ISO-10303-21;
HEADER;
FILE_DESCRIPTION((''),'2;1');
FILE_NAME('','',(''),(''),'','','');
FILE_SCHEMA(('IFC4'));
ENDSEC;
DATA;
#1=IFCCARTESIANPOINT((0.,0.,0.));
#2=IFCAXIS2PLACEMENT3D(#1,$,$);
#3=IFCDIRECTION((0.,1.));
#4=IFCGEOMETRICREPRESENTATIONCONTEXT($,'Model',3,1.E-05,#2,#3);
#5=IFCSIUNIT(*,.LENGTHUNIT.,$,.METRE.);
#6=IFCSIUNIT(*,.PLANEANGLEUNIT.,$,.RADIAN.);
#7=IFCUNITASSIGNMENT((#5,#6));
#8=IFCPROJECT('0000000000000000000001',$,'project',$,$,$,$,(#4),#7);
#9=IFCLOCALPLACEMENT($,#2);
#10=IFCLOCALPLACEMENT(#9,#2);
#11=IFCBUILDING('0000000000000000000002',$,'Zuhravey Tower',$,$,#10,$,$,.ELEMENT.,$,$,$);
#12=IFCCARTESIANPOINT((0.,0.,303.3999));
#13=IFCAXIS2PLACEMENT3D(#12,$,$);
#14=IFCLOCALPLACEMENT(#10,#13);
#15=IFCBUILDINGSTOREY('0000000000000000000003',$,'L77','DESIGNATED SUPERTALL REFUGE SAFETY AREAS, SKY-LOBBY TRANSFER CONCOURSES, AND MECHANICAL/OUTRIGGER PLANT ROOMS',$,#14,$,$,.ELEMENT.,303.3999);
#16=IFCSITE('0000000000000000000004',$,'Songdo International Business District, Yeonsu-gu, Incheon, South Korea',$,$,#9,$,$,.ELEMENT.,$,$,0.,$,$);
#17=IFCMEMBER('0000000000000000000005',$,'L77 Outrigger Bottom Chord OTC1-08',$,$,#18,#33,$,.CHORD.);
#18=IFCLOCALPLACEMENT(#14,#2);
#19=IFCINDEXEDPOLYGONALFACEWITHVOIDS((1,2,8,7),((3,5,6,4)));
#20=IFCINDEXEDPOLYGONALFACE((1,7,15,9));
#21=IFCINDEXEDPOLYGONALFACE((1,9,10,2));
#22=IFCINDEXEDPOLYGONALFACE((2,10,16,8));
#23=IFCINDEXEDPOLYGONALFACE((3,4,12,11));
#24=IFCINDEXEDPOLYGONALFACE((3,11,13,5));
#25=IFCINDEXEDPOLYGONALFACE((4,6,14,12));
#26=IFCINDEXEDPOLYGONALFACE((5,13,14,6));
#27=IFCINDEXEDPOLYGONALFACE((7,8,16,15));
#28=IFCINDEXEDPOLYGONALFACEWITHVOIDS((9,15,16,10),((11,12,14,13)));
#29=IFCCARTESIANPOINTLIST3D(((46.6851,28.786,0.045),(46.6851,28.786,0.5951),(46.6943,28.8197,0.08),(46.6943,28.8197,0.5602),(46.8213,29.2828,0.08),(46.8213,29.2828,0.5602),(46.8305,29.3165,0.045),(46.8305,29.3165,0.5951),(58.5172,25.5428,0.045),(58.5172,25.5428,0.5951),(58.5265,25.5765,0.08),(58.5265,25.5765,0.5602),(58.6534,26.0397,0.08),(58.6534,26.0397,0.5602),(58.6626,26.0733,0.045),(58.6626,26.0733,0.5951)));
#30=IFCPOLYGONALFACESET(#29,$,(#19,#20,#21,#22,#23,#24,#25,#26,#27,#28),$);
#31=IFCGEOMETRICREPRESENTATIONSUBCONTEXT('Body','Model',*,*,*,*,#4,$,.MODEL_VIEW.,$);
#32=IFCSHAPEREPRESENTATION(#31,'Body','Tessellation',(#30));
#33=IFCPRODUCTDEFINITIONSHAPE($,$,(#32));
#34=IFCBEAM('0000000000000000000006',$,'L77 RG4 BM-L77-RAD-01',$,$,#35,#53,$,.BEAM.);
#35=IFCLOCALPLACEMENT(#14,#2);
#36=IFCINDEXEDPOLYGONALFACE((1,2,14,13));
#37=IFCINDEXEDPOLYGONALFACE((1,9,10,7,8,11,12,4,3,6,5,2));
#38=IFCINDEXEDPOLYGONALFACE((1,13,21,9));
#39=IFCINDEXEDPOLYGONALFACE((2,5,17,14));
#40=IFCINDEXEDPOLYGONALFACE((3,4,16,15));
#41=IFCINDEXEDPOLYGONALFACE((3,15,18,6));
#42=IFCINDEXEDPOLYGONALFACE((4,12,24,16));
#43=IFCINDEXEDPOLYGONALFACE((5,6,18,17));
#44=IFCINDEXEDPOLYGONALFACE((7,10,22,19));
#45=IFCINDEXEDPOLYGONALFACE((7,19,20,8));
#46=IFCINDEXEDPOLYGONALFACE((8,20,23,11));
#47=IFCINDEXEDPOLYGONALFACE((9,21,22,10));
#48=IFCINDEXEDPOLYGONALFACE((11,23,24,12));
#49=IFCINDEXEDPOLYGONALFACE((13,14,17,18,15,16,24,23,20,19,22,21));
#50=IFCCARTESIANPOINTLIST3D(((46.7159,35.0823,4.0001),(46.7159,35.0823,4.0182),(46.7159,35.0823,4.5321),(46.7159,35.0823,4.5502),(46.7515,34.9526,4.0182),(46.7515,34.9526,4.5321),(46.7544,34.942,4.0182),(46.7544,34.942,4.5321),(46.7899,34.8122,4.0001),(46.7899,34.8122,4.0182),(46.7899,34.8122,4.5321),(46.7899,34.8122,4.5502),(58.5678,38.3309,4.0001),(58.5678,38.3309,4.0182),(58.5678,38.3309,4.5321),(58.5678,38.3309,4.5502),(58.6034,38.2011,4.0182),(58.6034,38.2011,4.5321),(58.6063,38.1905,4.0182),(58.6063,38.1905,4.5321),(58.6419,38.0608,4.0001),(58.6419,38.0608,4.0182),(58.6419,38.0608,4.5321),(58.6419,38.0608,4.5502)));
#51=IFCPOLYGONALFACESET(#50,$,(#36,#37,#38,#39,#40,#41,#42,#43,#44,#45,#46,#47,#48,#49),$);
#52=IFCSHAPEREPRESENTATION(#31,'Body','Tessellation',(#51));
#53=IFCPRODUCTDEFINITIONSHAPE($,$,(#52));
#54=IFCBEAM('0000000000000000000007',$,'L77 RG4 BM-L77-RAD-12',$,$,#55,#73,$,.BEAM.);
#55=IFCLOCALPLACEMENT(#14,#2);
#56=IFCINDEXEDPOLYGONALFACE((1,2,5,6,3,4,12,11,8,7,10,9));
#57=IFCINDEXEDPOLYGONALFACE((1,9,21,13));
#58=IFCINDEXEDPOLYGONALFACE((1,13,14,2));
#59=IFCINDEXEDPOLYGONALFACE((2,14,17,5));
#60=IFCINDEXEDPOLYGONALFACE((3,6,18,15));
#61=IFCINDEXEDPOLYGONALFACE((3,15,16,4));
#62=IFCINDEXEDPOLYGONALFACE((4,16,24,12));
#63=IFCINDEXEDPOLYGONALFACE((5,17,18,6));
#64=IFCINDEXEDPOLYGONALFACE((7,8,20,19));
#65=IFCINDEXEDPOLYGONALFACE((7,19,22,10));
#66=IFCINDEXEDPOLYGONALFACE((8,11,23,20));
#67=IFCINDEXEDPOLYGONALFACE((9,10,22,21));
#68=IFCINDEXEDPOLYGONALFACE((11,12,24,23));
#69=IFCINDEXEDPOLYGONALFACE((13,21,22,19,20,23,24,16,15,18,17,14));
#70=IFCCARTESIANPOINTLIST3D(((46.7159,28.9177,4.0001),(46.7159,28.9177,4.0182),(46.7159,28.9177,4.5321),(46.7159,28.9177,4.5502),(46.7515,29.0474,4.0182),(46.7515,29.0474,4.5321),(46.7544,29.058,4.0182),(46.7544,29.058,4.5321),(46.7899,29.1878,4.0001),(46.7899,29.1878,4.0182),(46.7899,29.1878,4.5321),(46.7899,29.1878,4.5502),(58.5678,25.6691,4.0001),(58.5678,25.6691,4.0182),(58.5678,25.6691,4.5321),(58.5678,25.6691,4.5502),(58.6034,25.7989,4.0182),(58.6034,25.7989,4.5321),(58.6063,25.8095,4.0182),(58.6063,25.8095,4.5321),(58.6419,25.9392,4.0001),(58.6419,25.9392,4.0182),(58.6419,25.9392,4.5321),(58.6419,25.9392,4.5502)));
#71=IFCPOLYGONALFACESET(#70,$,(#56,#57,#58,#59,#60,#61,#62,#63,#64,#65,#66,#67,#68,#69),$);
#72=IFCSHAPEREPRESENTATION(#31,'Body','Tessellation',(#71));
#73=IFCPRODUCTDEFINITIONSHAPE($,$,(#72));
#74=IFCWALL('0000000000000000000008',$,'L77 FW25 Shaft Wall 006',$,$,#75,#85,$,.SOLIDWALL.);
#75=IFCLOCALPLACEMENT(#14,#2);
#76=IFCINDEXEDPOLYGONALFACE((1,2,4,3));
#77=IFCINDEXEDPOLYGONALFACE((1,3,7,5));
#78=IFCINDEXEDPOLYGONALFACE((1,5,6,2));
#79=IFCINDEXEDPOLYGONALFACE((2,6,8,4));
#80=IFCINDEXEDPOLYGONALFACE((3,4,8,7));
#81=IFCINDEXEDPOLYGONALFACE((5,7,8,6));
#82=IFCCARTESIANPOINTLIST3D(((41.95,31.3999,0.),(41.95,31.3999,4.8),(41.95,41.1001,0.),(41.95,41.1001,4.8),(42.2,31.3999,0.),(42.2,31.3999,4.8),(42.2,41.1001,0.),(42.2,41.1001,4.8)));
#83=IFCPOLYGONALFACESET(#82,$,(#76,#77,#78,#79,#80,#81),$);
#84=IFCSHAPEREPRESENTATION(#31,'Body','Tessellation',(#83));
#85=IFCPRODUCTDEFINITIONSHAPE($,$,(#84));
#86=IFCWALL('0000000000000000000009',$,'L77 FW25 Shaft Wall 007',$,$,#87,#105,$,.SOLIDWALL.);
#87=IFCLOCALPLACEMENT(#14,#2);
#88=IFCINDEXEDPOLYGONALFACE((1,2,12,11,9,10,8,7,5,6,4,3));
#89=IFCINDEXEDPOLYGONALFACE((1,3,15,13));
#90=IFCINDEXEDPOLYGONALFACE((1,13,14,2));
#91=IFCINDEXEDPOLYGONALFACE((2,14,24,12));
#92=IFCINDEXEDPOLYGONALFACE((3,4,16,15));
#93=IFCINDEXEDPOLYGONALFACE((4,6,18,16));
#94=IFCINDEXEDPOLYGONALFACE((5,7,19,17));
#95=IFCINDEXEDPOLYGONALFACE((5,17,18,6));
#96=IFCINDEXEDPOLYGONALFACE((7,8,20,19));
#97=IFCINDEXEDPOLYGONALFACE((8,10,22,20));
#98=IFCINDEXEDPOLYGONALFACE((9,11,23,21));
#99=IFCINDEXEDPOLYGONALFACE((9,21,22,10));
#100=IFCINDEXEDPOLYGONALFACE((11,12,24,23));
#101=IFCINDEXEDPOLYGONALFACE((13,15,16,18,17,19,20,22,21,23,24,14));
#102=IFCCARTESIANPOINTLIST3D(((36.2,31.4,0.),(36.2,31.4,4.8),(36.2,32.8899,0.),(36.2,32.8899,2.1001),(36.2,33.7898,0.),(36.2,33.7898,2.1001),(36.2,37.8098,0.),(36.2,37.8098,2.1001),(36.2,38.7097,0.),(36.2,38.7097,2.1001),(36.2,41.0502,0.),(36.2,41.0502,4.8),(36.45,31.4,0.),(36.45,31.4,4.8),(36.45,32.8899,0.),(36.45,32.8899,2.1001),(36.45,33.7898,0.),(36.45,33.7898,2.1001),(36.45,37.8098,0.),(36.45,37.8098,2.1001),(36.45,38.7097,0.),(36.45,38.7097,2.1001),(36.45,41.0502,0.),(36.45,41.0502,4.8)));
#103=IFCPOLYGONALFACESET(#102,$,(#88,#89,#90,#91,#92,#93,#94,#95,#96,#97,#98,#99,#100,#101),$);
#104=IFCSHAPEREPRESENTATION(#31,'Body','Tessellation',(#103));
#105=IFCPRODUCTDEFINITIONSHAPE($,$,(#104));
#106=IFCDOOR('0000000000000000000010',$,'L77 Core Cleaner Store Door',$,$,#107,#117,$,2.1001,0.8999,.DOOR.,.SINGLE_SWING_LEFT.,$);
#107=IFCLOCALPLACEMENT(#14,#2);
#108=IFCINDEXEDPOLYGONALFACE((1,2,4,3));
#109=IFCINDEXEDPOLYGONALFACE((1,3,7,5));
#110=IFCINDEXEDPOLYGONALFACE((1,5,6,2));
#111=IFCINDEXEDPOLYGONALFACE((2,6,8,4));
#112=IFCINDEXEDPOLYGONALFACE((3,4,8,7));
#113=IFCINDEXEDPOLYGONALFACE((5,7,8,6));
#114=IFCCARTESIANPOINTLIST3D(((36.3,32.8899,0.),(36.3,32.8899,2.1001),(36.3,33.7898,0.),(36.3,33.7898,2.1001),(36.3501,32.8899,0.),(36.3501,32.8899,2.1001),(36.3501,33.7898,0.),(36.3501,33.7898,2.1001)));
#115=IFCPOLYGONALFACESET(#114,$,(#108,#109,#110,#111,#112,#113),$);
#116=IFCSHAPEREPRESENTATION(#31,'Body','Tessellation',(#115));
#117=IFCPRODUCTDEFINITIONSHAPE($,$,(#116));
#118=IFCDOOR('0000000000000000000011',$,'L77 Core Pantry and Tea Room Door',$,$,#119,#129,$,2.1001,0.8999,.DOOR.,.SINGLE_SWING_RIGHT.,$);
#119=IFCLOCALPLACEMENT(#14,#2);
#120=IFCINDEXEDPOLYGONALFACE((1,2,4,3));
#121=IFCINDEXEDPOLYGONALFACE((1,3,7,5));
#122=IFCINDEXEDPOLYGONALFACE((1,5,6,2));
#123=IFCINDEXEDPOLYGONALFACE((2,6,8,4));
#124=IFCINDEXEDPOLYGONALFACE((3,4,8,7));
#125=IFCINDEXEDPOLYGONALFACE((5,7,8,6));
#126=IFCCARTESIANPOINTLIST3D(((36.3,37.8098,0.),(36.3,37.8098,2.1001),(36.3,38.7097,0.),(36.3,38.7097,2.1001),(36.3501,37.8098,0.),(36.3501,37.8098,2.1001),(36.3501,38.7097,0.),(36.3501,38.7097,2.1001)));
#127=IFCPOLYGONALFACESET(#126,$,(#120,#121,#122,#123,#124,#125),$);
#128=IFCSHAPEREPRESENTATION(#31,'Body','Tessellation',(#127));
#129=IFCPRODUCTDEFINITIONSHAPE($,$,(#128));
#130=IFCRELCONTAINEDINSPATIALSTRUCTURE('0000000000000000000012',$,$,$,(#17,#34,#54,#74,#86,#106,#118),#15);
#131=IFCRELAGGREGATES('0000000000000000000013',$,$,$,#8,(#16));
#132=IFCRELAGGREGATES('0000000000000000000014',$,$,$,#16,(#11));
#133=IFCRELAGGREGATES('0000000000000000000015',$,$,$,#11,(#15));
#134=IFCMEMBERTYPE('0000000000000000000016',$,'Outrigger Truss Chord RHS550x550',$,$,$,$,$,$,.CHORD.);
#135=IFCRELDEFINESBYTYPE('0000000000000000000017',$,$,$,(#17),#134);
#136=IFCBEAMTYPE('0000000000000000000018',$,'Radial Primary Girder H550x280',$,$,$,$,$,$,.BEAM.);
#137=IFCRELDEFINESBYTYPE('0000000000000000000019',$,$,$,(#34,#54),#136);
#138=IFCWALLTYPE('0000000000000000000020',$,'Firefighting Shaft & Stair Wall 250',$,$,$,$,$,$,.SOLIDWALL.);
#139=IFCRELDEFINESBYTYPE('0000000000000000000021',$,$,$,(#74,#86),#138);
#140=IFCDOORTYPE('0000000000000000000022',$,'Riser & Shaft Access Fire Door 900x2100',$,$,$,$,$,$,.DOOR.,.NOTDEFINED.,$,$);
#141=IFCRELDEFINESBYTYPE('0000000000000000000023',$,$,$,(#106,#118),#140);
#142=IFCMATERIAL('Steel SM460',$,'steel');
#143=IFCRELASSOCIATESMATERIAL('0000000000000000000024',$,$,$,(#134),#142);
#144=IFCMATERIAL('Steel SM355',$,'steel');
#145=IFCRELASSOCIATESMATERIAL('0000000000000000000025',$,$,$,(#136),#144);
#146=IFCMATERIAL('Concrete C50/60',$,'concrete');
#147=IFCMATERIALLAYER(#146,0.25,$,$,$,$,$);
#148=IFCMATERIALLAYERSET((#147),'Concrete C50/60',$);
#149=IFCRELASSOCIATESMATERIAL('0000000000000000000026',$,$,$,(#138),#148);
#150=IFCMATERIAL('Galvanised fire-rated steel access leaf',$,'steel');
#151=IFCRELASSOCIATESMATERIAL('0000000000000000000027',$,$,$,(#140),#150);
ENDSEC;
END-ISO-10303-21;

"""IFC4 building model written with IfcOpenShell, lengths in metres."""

from ifc_helpers import new_model, si_unit, direction, frame, frame_2d, origin, origin_2d, place, context, subcontext, project, spatial, rectangle, hollow_rectangle, i_section, extrude, material, layer, layer_set, material_profile, profile_set, type_object, element, fill, save


model = new_model("IFC4")

# Units and contexts
model_context = context("Model", 3, precision=1e-05, world=origin(), true_north=direction((0.0, 1.0)))
body_context = subcontext(model_context, "Body", "Model", "MODEL_VIEW")
ifc_project = project(units=[si_unit("LENGTHUNIT", "METRE"), si_unit("PLANEANGLEUNIT", "RADIAN")], contexts=[model_context])

# Site, building, storey
site_placement = place(None, origin())
site = spatial("IfcSite", under=ifc_project, at=site_placement, Name="Songdo International Business District, Yeonsu-gu, Incheon, South Korea", CompositionType="ELEMENT", RefElevation=0.0)
building_placement = place(site_placement, origin())
building = spatial("IfcBuilding", under=site, at=building_placement, Name="Zuhravey Tower", CompositionType="ELEMENT")
storey_placement = place(building_placement, frame((0.0, 0.0, 303.3999)))
storey = spatial("IfcBuildingStorey", under=building, at=storey_placement, Name="L77", Description="DESIGNATED SUPERTALL REFUGE SAFETY AREAS, SKY-LOBBY TRANSFER CONCOURSES, AND MECHANICAL/OUTRIGGER PLANT ROOMS", CompositionType="ELEMENT", Elevation=303.3999)

# Member
ifc_material_1 = material(Name="Steel SM460", Category="steel")
ifc_material_profile_1 = material_profile(ifc_material_1, hollow_rectangle(XDim=0.55, YDim=0.55, WallThickness=0.0349, at=origin_2d()), Name="RHS-550x550x35")
ifc_profile_set_1 = profile_set([ifc_material_profile_1], Name="Steel SM460")
member_type = type_object("IfcMemberType", Name="Outrigger Truss Chord RHS550x550", PredefinedType="CHORD", material=ifc_profile_set_1)
member_placement = place(storey_placement, frame((46.7578, 29.0513, 0.3201), z_axis=(0.964427, -0.26435, 0.0), x_axis=(0.26435, 0.964427, 0.0)))
element("IfcMember", 1, at=member_placement, inside=storey, type_object=member_type, Name="L77 Outrigger Bottom Chord OTC1-08", PredefinedType="CHORD", context=body_context, shape_type="SweptSolid", body=[
    extrude(hollow_rectangle(XDim=0.55, YDim=0.55, WallThickness=0.0349, at=origin_2d()), origin(), (0.0, 0.0, 1.0), 12.2686),
])

# Beams
ifc_material_2 = material(Name="Steel SM355", Category="steel")
ifc_material_profile_2 = material_profile(ifc_material_2, i_section(OverallWidth=0.28, OverallDepth=0.55, WebThickness=0.011, FlangeThickness=0.0181, at=origin_2d()), Name="H-550x280x11x18")
ifc_profile_set_2 = profile_set([ifc_material_profile_2], Name="Steel SM355")
beam_type = type_object("IfcBeamType", Name="Radial Primary Girder H550x280", PredefinedType="BEAM", material=ifc_profile_set_2)
for number, where, z_axis, x_axis, name in (
    (2, (46.7529, 34.9473, 4.2751), (0.964428, 0.264346, 0.0), (-0.264346, 0.964428, 0.0), "L77 RG4 BM-L77-RAD-01"),
    (3, (46.7529, 29.0527, 4.2751), (0.964428, -0.264346, 0.0), (0.264346, 0.964428, 0.0), "L77 RG4 BM-L77-RAD-12"),
):
    element("IfcBeam", number, at=place(storey_placement, frame(where, z_axis=z_axis, x_axis=x_axis)), inside=storey, type_object=beam_type, Name=name, PredefinedType="BEAM", context=body_context, shape_type="SweptSolid", body=[
        extrude(i_section(OverallWidth=0.28, OverallDepth=0.55, WebThickness=0.011, FlangeThickness=0.0181, at=origin_2d()), origin(), (0.0, 0.0, 1.0), 12.2891),
    ])

# Wall
ifc_material_3 = material(Name="Concrete C50/60", Category="concrete")
ifc_layer_1 = layer(ifc_material_3, 0.25)
ifc_layer_set_1 = layer_set([ifc_layer_1], Name="Concrete C50/60")
wall_type_1 = type_object("IfcWallType", Name="Firefighting Shaft & Stair Wall 250", PredefinedType="SOLIDWALL", material=ifc_layer_set_1)
wall_1_placement = place(storey_placement, frame((42.075, 31.3999, 0.0), z_axis=(0.0, 0.0, 1.0), x_axis=(0.0, 1.0, 0.0)))
element("IfcWall", 4, at=wall_1_placement, inside=storey, type_object=wall_type_1, Name="L77 FW25 Shaft Wall 006", PredefinedType="SOLIDWALL", context=body_context, shape_type="SweptSolid", body=[
    extrude(rectangle(XDim=9.7002, YDim=0.25, at=frame_2d((4.8501, 0.0))), origin(), (0.0, 0.0, 1.0), 4.8),
])

# Wall, openings, doors
wall_2_placement = place(storey_placement, frame((36.325, 31.3999, 0.0), z_axis=(0.0, 0.0, 1.0), x_axis=(0.0, 1.0, 0.0)))
wall_2 = element("IfcWall", 5, at=wall_2_placement, inside=storey, type_object=wall_type_1, Name="L77 FW25 Shaft Wall 007", PredefinedType="SOLIDWALL", context=body_context, shape_type="SweptSolid", body=[
    extrude(rectangle(XDim=9.6501, YDim=0.25, at=frame_2d((4.8252, 0.0))), origin(), (0.0, 0.0, 1.0), 4.8),
])
opening_1_placement = place(wall_2_placement, frame((1.49, 0.0, 0.0)))
opening_1 = element("IfcOpeningElement", 6, at=opening_1_placement, cuts=wall_2, PredefinedType="OPENING", context=body_context, shape_type="SweptSolid", body=[
    extrude(rectangle(XDim=0.8999, YDim=2.1001, at=frame_2d((0.45, 1.05))), frame((0.0, 0.137, 0.0), z_axis=(0.0, -1.0, 0.0), x_axis=(1.0, 0.0, 0.0)), (0.0, 0.0, 1.0), 0.2739),
])
opening_2_placement = place(wall_2_placement, frame((6.4099, 0.0, 0.0)))
opening_2 = element("IfcOpeningElement", 7, at=opening_2_placement, cuts=wall_2, PredefinedType="OPENING", context=body_context, shape_type="SweptSolid", body=[
    extrude(rectangle(XDim=0.8999, YDim=2.1001, at=frame_2d((0.45, 1.05))), frame((0.0, 0.137, 0.0), z_axis=(0.0, -1.0, 0.0), x_axis=(1.0, 0.0, 0.0)), (0.0, 0.0, 1.0), 0.2739),
])
ifc_material_4 = material(Name="Galvanised fire-rated steel access leaf", Category="steel")
door_type_1 = type_object("IfcDoorType", Name="Riser & Shaft Access Fire Door 900x2100", OperationType="NOTDEFINED", PredefinedType="DOOR", material=ifc_material_4)
door_1_placement = place(opening_1_placement, origin())
door_1 = element("IfcDoor", 8, at=door_1_placement, inside=storey, type_object=door_type_1, Name="L77 Core Cleaner Store Door", OperationType="SINGLE_SWING_LEFT", OverallHeight=2.1001, OverallWidth=0.8999, PredefinedType="DOOR", context=body_context, shape_type="SweptSolid", body=[
    extrude(rectangle(XDim=0.8999, YDim=2.1001, at=frame_2d((0.45, 1.05))), frame((0.0, 0.0249, 0.0), z_axis=(0.0, -1.0, 0.0), x_axis=(1.0, 0.0, 0.0)), (0.0, 0.0, 1.0), 0.05),
])
fill(opening_1, door_1)
door_2_placement = place(opening_2_placement, origin())
door_2 = element("IfcDoor", 9, at=door_2_placement, inside=storey, type_object=door_type_1, Name="L77 Core Pantry and Tea Room Door", OperationType="SINGLE_SWING_RIGHT", OverallHeight=2.1001, OverallWidth=0.8999, PredefinedType="DOOR", context=body_context, shape_type="SweptSolid", body=[
    extrude(rectangle(XDim=0.8999, YDim=2.1001, at=frame_2d((0.45, 1.05))), frame((0.0, 0.0249, 0.0), z_axis=(0.0, -1.0, 0.0), x_axis=(1.0, 0.0, 0.0)), (0.0, 0.0, 1.0), 0.05),
])
fill(opening_2, door_2)

save(model, "model.ifc")
